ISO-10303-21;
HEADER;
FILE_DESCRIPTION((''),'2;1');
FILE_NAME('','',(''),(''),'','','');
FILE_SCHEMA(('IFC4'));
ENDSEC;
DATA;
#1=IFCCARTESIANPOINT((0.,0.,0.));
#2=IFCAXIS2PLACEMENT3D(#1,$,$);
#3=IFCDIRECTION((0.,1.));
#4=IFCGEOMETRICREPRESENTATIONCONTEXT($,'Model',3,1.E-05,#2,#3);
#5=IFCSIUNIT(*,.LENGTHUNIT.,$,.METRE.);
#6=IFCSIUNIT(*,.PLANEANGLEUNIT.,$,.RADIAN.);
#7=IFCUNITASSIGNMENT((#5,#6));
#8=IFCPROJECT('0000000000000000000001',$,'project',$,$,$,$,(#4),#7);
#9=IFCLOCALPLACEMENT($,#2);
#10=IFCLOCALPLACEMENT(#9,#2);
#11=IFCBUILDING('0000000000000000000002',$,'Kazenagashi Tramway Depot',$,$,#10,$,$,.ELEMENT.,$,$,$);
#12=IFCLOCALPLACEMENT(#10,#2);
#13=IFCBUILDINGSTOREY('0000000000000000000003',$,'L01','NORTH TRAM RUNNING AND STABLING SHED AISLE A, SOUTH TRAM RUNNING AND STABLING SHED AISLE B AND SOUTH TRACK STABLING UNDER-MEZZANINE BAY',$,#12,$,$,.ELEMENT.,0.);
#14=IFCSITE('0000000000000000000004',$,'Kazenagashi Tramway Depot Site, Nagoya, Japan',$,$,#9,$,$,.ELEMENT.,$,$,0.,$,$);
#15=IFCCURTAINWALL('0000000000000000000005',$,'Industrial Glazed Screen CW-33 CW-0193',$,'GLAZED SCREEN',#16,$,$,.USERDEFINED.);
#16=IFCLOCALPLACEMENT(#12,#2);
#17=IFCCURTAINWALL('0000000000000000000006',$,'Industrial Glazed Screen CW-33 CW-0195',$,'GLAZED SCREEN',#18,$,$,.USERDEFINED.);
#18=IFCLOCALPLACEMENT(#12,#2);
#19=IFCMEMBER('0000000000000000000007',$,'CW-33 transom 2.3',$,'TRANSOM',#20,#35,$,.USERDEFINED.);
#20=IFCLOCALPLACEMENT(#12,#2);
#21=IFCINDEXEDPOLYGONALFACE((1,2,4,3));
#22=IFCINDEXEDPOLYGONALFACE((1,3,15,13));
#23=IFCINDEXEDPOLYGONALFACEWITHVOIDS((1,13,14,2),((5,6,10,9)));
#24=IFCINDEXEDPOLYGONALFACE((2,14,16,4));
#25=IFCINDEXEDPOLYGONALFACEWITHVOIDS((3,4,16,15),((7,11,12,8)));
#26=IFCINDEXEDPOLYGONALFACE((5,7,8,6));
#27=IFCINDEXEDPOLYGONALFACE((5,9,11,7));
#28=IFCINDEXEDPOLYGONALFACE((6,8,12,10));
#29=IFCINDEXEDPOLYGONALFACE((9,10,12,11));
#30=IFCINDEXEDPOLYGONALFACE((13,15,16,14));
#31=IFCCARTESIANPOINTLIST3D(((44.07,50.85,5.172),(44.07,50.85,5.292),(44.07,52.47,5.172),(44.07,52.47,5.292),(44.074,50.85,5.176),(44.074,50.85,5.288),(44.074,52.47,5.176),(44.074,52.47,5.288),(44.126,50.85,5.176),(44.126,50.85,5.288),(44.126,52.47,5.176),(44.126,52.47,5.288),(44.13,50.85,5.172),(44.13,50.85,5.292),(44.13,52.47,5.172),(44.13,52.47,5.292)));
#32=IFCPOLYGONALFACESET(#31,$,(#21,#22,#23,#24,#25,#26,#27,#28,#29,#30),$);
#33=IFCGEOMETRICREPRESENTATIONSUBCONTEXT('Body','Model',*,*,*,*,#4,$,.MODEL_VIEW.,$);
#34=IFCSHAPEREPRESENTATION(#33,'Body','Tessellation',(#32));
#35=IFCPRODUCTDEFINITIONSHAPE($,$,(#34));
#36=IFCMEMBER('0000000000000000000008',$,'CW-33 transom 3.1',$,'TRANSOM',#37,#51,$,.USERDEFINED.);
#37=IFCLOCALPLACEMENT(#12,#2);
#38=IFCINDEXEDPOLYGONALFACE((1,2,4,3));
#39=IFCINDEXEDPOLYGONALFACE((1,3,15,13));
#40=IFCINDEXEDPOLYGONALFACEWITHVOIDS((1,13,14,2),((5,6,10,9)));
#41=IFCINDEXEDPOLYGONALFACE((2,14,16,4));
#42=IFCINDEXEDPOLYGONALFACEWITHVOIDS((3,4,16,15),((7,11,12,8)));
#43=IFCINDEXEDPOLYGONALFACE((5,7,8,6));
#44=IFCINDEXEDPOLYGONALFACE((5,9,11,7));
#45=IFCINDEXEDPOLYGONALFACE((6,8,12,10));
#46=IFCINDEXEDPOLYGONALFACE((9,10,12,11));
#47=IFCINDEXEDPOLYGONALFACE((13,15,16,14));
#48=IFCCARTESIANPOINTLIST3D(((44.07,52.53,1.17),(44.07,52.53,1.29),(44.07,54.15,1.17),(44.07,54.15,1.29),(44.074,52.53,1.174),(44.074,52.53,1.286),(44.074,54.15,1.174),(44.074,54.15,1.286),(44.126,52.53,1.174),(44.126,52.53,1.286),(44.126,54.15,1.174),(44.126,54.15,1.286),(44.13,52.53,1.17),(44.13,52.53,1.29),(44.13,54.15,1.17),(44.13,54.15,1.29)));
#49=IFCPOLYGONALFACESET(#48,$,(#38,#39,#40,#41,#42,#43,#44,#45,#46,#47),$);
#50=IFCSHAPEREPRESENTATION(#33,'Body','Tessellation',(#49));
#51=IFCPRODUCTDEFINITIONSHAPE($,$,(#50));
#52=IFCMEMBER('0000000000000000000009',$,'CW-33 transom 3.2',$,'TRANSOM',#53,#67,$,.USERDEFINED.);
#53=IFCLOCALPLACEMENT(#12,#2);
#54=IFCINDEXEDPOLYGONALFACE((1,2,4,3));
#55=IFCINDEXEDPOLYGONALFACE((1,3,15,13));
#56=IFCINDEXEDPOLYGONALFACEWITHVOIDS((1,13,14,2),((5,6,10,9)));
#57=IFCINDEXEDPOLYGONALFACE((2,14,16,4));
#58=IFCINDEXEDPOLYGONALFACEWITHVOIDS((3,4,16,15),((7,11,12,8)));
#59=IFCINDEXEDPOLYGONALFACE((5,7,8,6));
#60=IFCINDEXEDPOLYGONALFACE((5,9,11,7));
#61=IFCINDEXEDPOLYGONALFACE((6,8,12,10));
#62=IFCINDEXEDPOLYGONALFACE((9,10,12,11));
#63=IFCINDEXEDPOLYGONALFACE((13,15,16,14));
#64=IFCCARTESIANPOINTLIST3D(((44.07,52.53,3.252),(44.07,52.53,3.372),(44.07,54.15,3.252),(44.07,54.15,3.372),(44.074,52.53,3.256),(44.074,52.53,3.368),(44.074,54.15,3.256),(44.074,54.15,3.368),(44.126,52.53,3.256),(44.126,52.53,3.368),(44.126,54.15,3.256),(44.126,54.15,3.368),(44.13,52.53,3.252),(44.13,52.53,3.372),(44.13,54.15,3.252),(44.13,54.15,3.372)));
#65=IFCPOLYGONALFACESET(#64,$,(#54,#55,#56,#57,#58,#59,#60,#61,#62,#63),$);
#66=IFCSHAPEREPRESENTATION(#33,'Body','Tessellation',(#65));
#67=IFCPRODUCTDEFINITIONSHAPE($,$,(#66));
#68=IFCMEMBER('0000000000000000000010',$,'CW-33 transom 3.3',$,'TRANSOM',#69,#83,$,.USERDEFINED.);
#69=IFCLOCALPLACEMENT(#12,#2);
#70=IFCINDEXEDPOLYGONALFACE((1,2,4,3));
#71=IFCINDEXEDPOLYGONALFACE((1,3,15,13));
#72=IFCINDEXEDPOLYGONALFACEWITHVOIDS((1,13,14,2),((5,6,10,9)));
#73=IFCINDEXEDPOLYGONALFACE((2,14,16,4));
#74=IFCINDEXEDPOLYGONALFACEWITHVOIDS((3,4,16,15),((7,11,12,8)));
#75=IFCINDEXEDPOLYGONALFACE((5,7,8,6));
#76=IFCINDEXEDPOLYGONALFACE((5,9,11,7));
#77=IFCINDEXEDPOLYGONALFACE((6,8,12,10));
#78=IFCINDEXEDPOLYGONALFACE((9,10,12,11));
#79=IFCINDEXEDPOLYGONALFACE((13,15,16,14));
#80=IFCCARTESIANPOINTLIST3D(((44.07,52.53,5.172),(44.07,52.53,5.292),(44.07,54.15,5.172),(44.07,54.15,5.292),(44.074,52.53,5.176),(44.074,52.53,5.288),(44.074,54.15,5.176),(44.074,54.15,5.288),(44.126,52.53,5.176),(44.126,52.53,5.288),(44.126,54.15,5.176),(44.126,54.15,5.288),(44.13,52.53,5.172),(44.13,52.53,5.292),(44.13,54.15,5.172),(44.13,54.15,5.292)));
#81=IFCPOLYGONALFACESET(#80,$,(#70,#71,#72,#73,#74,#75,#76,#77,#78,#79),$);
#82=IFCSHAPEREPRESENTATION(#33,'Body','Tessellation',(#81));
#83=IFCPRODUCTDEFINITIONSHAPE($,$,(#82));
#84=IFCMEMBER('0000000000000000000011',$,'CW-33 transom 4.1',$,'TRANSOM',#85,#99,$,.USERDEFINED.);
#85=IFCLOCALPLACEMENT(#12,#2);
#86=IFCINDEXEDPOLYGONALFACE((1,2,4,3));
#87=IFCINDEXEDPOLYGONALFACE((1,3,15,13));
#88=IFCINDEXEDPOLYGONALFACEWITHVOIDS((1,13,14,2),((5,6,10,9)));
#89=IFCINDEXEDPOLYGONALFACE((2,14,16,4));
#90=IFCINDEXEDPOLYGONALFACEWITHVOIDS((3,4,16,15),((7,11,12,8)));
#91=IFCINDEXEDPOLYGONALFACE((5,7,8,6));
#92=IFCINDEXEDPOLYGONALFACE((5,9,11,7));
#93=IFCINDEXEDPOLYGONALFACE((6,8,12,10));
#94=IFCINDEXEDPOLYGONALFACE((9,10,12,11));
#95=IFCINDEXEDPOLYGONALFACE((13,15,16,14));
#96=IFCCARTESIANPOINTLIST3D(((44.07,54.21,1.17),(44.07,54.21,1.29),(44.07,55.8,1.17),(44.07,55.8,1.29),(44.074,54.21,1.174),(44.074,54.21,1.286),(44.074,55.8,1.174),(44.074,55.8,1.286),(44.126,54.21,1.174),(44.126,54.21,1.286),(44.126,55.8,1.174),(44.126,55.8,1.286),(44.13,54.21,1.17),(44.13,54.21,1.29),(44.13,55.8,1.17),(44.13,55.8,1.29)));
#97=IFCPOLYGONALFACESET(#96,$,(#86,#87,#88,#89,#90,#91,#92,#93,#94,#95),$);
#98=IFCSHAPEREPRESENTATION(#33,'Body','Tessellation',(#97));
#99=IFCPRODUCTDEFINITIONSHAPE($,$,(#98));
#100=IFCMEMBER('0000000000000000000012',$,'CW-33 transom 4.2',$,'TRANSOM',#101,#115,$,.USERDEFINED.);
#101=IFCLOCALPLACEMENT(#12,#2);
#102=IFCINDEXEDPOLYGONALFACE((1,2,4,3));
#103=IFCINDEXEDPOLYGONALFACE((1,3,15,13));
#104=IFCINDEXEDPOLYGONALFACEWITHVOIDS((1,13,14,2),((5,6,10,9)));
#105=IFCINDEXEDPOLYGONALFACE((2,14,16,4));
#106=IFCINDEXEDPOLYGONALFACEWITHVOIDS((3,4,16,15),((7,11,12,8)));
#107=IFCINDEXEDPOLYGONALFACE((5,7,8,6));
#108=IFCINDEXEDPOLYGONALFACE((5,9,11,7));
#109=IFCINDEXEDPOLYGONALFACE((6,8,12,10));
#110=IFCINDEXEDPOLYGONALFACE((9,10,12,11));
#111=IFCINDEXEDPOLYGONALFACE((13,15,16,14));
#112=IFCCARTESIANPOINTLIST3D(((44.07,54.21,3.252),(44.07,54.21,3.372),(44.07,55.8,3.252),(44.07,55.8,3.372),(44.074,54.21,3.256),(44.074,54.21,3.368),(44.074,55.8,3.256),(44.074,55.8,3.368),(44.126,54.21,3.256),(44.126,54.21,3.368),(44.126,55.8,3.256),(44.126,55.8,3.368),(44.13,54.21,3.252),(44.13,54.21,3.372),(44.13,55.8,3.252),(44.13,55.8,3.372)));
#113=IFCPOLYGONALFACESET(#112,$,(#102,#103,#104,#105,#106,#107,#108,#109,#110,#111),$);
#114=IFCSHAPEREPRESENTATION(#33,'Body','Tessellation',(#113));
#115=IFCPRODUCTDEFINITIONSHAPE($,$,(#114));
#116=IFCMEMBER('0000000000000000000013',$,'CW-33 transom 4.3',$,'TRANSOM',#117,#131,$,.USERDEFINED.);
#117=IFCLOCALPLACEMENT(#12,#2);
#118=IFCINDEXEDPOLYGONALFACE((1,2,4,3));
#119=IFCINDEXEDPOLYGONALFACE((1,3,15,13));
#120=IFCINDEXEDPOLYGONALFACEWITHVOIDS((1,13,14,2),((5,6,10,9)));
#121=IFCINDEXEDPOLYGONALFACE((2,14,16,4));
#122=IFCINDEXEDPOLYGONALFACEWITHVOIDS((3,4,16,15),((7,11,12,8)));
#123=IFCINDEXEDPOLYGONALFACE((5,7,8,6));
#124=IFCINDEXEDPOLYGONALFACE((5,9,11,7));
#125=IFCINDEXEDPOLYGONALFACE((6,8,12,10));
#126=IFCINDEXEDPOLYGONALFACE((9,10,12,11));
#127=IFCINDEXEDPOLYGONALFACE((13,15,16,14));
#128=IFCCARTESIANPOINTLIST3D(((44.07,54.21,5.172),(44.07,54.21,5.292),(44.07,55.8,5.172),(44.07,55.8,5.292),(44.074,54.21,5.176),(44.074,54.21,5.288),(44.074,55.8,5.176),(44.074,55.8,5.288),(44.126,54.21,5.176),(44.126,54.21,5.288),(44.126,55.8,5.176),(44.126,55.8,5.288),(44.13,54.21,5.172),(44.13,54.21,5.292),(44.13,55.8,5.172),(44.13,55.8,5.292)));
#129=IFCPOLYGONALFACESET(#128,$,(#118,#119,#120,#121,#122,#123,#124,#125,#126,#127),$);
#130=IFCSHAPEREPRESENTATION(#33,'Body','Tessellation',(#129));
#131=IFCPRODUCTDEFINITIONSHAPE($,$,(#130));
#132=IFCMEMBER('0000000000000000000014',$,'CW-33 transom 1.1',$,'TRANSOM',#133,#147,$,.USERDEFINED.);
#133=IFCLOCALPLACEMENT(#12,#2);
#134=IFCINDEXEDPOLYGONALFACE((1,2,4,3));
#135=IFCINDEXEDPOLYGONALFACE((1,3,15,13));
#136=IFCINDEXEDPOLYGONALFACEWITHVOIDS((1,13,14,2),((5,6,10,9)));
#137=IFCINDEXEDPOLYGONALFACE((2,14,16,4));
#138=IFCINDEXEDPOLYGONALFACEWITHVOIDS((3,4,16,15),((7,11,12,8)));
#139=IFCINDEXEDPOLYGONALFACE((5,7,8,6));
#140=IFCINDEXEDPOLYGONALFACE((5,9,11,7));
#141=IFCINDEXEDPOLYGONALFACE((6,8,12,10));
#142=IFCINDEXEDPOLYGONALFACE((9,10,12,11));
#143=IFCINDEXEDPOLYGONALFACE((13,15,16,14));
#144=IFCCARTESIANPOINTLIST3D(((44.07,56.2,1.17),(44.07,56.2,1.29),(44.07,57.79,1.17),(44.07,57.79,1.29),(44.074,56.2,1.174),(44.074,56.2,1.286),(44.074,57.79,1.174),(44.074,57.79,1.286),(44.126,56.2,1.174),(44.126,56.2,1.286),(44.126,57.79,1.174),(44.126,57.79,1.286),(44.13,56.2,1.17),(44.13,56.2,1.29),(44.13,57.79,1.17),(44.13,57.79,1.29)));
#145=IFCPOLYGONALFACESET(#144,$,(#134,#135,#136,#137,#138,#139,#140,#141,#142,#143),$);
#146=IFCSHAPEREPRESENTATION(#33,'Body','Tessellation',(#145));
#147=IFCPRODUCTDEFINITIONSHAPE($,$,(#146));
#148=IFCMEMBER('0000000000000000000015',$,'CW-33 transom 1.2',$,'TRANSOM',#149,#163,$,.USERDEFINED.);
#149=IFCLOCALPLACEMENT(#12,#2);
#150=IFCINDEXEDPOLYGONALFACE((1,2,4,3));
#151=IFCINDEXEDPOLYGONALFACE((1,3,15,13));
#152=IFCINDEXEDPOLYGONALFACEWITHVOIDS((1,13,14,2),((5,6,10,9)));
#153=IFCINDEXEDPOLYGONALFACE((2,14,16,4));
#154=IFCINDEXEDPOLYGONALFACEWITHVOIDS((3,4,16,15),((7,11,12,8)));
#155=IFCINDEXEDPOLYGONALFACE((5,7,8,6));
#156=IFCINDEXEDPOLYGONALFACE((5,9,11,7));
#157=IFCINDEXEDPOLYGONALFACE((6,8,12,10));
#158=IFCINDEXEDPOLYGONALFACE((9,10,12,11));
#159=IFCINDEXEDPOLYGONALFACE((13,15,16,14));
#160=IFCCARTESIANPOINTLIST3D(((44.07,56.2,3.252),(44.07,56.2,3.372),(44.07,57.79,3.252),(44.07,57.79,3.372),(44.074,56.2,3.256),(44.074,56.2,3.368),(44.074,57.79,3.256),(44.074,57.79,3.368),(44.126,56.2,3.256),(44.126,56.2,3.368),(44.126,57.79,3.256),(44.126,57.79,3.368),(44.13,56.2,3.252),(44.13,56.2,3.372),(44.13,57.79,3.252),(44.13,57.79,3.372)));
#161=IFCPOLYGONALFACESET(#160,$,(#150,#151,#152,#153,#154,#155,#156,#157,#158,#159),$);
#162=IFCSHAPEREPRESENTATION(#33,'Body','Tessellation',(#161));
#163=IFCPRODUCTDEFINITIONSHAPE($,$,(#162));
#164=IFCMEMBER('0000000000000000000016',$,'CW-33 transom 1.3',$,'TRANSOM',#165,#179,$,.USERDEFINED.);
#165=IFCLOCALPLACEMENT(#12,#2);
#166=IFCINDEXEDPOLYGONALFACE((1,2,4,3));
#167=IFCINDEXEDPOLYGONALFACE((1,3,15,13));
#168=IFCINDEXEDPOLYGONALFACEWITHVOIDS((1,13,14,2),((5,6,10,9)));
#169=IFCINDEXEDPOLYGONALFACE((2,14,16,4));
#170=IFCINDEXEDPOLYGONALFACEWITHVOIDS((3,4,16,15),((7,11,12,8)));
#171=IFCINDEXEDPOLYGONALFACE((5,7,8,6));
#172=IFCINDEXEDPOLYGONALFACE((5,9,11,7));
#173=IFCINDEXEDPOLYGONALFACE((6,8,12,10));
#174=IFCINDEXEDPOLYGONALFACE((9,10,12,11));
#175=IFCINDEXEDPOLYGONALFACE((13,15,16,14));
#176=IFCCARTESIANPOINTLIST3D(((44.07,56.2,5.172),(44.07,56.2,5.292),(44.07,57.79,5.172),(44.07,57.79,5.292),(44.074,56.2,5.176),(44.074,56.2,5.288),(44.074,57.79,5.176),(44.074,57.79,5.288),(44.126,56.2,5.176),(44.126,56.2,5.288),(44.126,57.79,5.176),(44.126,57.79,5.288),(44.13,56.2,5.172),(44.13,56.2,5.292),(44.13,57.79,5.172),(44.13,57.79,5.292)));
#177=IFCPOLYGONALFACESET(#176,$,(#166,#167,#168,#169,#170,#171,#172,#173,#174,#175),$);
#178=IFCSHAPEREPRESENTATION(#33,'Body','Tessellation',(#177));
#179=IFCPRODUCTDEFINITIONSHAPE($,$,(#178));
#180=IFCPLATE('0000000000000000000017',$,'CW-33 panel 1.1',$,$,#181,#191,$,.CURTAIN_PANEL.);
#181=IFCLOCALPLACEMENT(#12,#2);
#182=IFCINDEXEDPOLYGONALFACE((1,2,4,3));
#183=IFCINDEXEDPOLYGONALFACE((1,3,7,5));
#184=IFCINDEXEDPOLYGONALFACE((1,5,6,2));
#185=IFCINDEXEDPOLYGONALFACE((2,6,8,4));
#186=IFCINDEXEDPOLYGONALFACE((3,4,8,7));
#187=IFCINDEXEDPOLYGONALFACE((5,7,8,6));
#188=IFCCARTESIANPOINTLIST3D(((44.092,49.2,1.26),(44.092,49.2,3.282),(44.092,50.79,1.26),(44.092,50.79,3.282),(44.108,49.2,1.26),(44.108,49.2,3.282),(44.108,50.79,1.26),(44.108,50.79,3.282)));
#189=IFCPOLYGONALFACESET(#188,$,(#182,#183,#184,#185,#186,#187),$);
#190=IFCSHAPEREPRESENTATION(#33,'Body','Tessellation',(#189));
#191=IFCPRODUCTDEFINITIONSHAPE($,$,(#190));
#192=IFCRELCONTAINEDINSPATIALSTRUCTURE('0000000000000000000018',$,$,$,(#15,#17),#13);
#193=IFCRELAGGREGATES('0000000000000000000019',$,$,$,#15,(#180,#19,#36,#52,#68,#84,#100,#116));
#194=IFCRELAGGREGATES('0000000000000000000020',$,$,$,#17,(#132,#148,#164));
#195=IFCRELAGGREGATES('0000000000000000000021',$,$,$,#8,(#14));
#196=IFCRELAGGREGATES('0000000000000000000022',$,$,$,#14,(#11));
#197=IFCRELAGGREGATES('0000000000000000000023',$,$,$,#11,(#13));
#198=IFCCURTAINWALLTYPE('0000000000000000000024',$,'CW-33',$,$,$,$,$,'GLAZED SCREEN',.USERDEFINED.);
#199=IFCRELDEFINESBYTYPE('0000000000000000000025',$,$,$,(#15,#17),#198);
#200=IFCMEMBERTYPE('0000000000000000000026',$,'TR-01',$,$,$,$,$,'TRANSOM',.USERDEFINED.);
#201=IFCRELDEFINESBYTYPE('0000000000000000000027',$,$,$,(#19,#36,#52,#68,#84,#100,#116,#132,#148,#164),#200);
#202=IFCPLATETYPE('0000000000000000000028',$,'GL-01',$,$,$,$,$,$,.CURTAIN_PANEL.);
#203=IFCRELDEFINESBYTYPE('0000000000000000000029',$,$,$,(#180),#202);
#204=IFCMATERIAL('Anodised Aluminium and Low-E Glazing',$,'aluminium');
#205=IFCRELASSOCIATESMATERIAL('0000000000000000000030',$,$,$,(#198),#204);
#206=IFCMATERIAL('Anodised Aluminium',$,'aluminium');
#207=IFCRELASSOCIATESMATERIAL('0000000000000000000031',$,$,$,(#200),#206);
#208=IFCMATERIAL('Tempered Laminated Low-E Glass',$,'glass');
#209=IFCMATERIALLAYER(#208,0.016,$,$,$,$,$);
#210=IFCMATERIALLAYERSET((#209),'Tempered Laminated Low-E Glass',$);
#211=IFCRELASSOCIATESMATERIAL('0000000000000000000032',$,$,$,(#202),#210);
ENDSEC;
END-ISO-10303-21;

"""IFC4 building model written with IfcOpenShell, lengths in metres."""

from ifc_helpers import new_model, si_unit, direction, frame, origin, origin_2d, place, context, subcontext, project, spatial, rectangle, hollow_rectangle, extrude, material, layer, layer_set, material_profile, profile_set, type_object, element, aggregate, save


model = new_model("IFC4")

# Units and contexts
model_context = context("Model", 3, precision=1e-05, world=origin(), true_north=direction((0.0, 1.0)))
body_context = subcontext(model_context, "Body", "Model", "MODEL_VIEW")
ifc_project = project(units=[si_unit("LENGTHUNIT", "METRE"), si_unit("PLANEANGLEUNIT", "RADIAN")], contexts=[model_context])

# Site, building, storey
site_placement = place(None, origin())
site = spatial("IfcSite", under=ifc_project, at=site_placement, Name="Kazenagashi Tramway Depot Site, Nagoya, Japan", CompositionType="ELEMENT", RefElevation=0.0)
building_placement = place(site_placement, origin())
building = spatial("IfcBuilding", under=site, at=building_placement, Name="Kazenagashi Tramway Depot", CompositionType="ELEMENT")
storey_placement = place(building_placement, origin())
storey = spatial("IfcBuildingStorey", under=building, at=storey_placement, Name="L01", Description="NORTH TRAM RUNNING AND STABLING SHED AISLE A, SOUTH TRAM RUNNING AND STABLING SHED AISLE B AND SOUTH TRACK STABLING UNDER-MEZZANINE BAY", CompositionType="ELEMENT", Elevation=0.0)

# Curtain walls
ifc_material_1 = material(Name="Anodised Aluminium and Low-E Glazing", Category="aluminium")
curtain_wall_type = type_object("IfcCurtainWallType", Name="CW-33", ElementType="GLAZED SCREEN", PredefinedType="USERDEFINED", material=ifc_material_1)
curtain_wall_1_placement = place(storey_placement, origin())
curtain_wall_1 = element("IfcCurtainWall", 1, at=curtain_wall_1_placement, inside=storey, type_object=curtain_wall_type, Name="Industrial Glazed Screen CW-33 CW-0193", ObjectType="GLAZED SCREEN", PredefinedType="USERDEFINED")
ifc_material_2 = material(Name="Anodised Aluminium", Category="aluminium")
curtain_wall_2_placement = place(storey_placement, origin())
curtain_wall_2 = element("IfcCurtainWall", 2, at=curtain_wall_2_placement, inside=storey, type_object=curtain_wall_type, Name="Industrial Glazed Screen CW-33 CW-0195", ObjectType="GLAZED SCREEN", PredefinedType="USERDEFINED")

# Members
ifc_material_profile_1 = material_profile(ifc_material_2, hollow_rectangle(XDim=0.06, YDim=0.12, WallThickness=0.004, at=origin_2d()), Name="RHS-120x60x4")
ifc_profile_set_1 = profile_set([ifc_material_profile_1], Name="Anodised Aluminium")
member_type_1 = type_object("IfcMemberType", Name="TR-01", ElementType="TRANSOM", PredefinedType="USERDEFINED", material=ifc_profile_set_1)
member_1_placement = place(storey_placement, frame((44.1, 50.85, 5.232), z_axis=(0.0, 1.0, 0.0), x_axis=(-1.0, 0.0, 0.0)))
member_1 = element("IfcMember", 3, at=member_1_placement, type_object=member_type_1, Name="CW-33 transom 2.3", ObjectType="TRANSOM", PredefinedType="USERDEFINED", context=body_context, shape_type="SweptSolid", body=[
    extrude(hollow_rectangle(XDim=0.06, YDim=0.12, WallThickness=0.004, at=origin_2d()), origin(), (0.0, 0.0, 1.0), 1.62),
])
member_2_placement = place(storey_placement, frame((44.1, 52.53, 1.23), z_axis=(0.0, 1.0, 0.0), x_axis=(-1.0, 0.0, 0.0)))
member_2 = element("IfcMember", 4, at=member_2_placement, type_object=member_type_1, Name="CW-33 transom 3.1", ObjectType="TRANSOM", PredefinedType="USERDEFINED", context=body_context, shape_type="SweptSolid", body=[
    extrude(hollow_rectangle(XDim=0.06, YDim=0.12, WallThickness=0.004, at=origin_2d()), origin(), (0.0, 0.0, 1.0), 1.62),
])
member_3_placement = place(storey_placement, frame((44.1, 52.53, 3.312), z_axis=(0.0, 1.0, 0.0), x_axis=(-1.0, 0.0, 0.0)))
member_3 = element("IfcMember", 5, at=member_3_placement, type_object=member_type_1, Name="CW-33 transom 3.2", ObjectType="TRANSOM", PredefinedType="USERDEFINED", context=body_context, shape_type="SweptSolid", body=[
    extrude(hollow_rectangle(XDim=0.06, YDim=0.12, WallThickness=0.004, at=origin_2d()), origin(), (0.0, 0.0, 1.0), 1.62),
])
member_4_placement = place(storey_placement, frame((44.1, 52.53, 5.232), z_axis=(0.0, 1.0, 0.0), x_axis=(-1.0, 0.0, 0.0)))
member_4 = element("IfcMember", 6, at=member_4_placement, type_object=member_type_1, Name="CW-33 transom 3.3", ObjectType="TRANSOM", PredefinedType="USERDEFINED", context=body_context, shape_type="SweptSolid", body=[
    extrude(hollow_rectangle(XDim=0.06, YDim=0.12, WallThickness=0.004, at=origin_2d()), origin(), (0.0, 0.0, 1.0), 1.62),
])
member_5_placement = place(storey_placement, frame((44.1, 54.21, 1.23), z_axis=(0.0, 1.0, 0.0), x_axis=(-1.0, 0.0, 0.0)))
member_5 = element("IfcMember", 7, at=member_5_placement, type_object=member_type_1, Name="CW-33 transom 4.1", ObjectType="TRANSOM", PredefinedType="USERDEFINED", context=body_context, shape_type="SweptSolid", body=[
    extrude(hollow_rectangle(XDim=0.06, YDim=0.12, WallThickness=0.004, at=origin_2d()), origin(), (0.0, 0.0, 1.0), 1.59),
])
member_6_placement = place(storey_placement, frame((44.1, 54.21, 3.312), z_axis=(0.0, 1.0, 0.0), x_axis=(-1.0, 0.0, 0.0)))
member_6 = element("IfcMember", 8, at=member_6_placement, type_object=member_type_1, Name="CW-33 transom 4.2", ObjectType="TRANSOM", PredefinedType="USERDEFINED", context=body_context, shape_type="SweptSolid", body=[
    extrude(hollow_rectangle(XDim=0.06, YDim=0.12, WallThickness=0.004, at=origin_2d()), origin(), (0.0, 0.0, 1.0), 1.59),
])
member_7_placement = place(storey_placement, frame((44.1, 54.21, 5.232), z_axis=(0.0, 1.0, 0.0), x_axis=(-1.0, 0.0, 0.0)))
member_7 = element("IfcMember", 9, at=member_7_placement, type_object=member_type_1, Name="CW-33 transom 4.3", ObjectType="TRANSOM", PredefinedType="USERDEFINED", context=body_context, shape_type="SweptSolid", body=[
    extrude(hollow_rectangle(XDim=0.06, YDim=0.12, WallThickness=0.004, at=origin_2d()), origin(), (0.0, 0.0, 1.0), 1.59),
])
member_8_placement = place(storey_placement, frame((44.1, 56.2, 1.23), z_axis=(0.0, 1.0, 0.0), x_axis=(-1.0, 0.0, 0.0)))
member_8 = element("IfcMember", 10, at=member_8_placement, type_object=member_type_1, Name="CW-33 transom 1.1", ObjectType="TRANSOM", PredefinedType="USERDEFINED", context=body_context, shape_type="SweptSolid", body=[
    extrude(hollow_rectangle(XDim=0.06, YDim=0.12, WallThickness=0.004, at=origin_2d()), origin(), (0.0, 0.0, 1.0), 1.59),
])
member_9_placement = place(storey_placement, frame((44.1, 56.2, 3.312), z_axis=(0.0, 1.0, 0.0), x_axis=(-1.0, 0.0, 0.0)))
member_9 = element("IfcMember", 11, at=member_9_placement, type_object=member_type_1, Name="CW-33 transom 1.2", ObjectType="TRANSOM", PredefinedType="USERDEFINED", context=body_context, shape_type="SweptSolid", body=[
    extrude(hollow_rectangle(XDim=0.06, YDim=0.12, WallThickness=0.004, at=origin_2d()), origin(), (0.0, 0.0, 1.0), 1.59),
])
member_10_placement = place(storey_placement, frame((44.1, 56.2, 5.232), z_axis=(0.0, 1.0, 0.0), x_axis=(-1.0, 0.0, 0.0)))
member_10 = element("IfcMember", 12, at=member_10_placement, type_object=member_type_1, Name="CW-33 transom 1.3", ObjectType="TRANSOM", PredefinedType="USERDEFINED", context=body_context, shape_type="SweptSolid", body=[
    extrude(hollow_rectangle(XDim=0.06, YDim=0.12, WallThickness=0.004, at=origin_2d()), origin(), (0.0, 0.0, 1.0), 1.59),
])

# Plate
ifc_material_3 = material(Name="Tempered Laminated Low-E Glass", Category="glass")
ifc_layer_1 = layer(ifc_material_3, 0.016)
ifc_layer_set_1 = layer_set([ifc_layer_1], Name="Tempered Laminated Low-E Glass")
plate_type_1 = type_object("IfcPlateType", Name="GL-01", PredefinedType="CURTAIN_PANEL", material=ifc_layer_set_1)
plate_1_placement = place(storey_placement, frame((44.1, 49.995, 1.26), z_axis=(0.0, 0.0, 1.0), x_axis=(0.0, 1.0, 0.0)))
plate_1 = element("IfcPlate", 13, at=plate_1_placement, type_object=plate_type_1, Name="CW-33 panel 1.1", PredefinedType="CURTAIN_PANEL", context=body_context, shape_type="SweptSolid", body=[
    extrude(rectangle(XDim=1.59, YDim=0.016, at=origin_2d()), origin(), (0.0, 0.0, 1.0), 2.022),
])
aggregate(curtain_wall_1, [plate_1, member_1, member_2, member_3, member_4, member_5, member_6, member_7])
aggregate(curtain_wall_2, [member_8, member_9, member_10])

save(model, "model.ifc")
